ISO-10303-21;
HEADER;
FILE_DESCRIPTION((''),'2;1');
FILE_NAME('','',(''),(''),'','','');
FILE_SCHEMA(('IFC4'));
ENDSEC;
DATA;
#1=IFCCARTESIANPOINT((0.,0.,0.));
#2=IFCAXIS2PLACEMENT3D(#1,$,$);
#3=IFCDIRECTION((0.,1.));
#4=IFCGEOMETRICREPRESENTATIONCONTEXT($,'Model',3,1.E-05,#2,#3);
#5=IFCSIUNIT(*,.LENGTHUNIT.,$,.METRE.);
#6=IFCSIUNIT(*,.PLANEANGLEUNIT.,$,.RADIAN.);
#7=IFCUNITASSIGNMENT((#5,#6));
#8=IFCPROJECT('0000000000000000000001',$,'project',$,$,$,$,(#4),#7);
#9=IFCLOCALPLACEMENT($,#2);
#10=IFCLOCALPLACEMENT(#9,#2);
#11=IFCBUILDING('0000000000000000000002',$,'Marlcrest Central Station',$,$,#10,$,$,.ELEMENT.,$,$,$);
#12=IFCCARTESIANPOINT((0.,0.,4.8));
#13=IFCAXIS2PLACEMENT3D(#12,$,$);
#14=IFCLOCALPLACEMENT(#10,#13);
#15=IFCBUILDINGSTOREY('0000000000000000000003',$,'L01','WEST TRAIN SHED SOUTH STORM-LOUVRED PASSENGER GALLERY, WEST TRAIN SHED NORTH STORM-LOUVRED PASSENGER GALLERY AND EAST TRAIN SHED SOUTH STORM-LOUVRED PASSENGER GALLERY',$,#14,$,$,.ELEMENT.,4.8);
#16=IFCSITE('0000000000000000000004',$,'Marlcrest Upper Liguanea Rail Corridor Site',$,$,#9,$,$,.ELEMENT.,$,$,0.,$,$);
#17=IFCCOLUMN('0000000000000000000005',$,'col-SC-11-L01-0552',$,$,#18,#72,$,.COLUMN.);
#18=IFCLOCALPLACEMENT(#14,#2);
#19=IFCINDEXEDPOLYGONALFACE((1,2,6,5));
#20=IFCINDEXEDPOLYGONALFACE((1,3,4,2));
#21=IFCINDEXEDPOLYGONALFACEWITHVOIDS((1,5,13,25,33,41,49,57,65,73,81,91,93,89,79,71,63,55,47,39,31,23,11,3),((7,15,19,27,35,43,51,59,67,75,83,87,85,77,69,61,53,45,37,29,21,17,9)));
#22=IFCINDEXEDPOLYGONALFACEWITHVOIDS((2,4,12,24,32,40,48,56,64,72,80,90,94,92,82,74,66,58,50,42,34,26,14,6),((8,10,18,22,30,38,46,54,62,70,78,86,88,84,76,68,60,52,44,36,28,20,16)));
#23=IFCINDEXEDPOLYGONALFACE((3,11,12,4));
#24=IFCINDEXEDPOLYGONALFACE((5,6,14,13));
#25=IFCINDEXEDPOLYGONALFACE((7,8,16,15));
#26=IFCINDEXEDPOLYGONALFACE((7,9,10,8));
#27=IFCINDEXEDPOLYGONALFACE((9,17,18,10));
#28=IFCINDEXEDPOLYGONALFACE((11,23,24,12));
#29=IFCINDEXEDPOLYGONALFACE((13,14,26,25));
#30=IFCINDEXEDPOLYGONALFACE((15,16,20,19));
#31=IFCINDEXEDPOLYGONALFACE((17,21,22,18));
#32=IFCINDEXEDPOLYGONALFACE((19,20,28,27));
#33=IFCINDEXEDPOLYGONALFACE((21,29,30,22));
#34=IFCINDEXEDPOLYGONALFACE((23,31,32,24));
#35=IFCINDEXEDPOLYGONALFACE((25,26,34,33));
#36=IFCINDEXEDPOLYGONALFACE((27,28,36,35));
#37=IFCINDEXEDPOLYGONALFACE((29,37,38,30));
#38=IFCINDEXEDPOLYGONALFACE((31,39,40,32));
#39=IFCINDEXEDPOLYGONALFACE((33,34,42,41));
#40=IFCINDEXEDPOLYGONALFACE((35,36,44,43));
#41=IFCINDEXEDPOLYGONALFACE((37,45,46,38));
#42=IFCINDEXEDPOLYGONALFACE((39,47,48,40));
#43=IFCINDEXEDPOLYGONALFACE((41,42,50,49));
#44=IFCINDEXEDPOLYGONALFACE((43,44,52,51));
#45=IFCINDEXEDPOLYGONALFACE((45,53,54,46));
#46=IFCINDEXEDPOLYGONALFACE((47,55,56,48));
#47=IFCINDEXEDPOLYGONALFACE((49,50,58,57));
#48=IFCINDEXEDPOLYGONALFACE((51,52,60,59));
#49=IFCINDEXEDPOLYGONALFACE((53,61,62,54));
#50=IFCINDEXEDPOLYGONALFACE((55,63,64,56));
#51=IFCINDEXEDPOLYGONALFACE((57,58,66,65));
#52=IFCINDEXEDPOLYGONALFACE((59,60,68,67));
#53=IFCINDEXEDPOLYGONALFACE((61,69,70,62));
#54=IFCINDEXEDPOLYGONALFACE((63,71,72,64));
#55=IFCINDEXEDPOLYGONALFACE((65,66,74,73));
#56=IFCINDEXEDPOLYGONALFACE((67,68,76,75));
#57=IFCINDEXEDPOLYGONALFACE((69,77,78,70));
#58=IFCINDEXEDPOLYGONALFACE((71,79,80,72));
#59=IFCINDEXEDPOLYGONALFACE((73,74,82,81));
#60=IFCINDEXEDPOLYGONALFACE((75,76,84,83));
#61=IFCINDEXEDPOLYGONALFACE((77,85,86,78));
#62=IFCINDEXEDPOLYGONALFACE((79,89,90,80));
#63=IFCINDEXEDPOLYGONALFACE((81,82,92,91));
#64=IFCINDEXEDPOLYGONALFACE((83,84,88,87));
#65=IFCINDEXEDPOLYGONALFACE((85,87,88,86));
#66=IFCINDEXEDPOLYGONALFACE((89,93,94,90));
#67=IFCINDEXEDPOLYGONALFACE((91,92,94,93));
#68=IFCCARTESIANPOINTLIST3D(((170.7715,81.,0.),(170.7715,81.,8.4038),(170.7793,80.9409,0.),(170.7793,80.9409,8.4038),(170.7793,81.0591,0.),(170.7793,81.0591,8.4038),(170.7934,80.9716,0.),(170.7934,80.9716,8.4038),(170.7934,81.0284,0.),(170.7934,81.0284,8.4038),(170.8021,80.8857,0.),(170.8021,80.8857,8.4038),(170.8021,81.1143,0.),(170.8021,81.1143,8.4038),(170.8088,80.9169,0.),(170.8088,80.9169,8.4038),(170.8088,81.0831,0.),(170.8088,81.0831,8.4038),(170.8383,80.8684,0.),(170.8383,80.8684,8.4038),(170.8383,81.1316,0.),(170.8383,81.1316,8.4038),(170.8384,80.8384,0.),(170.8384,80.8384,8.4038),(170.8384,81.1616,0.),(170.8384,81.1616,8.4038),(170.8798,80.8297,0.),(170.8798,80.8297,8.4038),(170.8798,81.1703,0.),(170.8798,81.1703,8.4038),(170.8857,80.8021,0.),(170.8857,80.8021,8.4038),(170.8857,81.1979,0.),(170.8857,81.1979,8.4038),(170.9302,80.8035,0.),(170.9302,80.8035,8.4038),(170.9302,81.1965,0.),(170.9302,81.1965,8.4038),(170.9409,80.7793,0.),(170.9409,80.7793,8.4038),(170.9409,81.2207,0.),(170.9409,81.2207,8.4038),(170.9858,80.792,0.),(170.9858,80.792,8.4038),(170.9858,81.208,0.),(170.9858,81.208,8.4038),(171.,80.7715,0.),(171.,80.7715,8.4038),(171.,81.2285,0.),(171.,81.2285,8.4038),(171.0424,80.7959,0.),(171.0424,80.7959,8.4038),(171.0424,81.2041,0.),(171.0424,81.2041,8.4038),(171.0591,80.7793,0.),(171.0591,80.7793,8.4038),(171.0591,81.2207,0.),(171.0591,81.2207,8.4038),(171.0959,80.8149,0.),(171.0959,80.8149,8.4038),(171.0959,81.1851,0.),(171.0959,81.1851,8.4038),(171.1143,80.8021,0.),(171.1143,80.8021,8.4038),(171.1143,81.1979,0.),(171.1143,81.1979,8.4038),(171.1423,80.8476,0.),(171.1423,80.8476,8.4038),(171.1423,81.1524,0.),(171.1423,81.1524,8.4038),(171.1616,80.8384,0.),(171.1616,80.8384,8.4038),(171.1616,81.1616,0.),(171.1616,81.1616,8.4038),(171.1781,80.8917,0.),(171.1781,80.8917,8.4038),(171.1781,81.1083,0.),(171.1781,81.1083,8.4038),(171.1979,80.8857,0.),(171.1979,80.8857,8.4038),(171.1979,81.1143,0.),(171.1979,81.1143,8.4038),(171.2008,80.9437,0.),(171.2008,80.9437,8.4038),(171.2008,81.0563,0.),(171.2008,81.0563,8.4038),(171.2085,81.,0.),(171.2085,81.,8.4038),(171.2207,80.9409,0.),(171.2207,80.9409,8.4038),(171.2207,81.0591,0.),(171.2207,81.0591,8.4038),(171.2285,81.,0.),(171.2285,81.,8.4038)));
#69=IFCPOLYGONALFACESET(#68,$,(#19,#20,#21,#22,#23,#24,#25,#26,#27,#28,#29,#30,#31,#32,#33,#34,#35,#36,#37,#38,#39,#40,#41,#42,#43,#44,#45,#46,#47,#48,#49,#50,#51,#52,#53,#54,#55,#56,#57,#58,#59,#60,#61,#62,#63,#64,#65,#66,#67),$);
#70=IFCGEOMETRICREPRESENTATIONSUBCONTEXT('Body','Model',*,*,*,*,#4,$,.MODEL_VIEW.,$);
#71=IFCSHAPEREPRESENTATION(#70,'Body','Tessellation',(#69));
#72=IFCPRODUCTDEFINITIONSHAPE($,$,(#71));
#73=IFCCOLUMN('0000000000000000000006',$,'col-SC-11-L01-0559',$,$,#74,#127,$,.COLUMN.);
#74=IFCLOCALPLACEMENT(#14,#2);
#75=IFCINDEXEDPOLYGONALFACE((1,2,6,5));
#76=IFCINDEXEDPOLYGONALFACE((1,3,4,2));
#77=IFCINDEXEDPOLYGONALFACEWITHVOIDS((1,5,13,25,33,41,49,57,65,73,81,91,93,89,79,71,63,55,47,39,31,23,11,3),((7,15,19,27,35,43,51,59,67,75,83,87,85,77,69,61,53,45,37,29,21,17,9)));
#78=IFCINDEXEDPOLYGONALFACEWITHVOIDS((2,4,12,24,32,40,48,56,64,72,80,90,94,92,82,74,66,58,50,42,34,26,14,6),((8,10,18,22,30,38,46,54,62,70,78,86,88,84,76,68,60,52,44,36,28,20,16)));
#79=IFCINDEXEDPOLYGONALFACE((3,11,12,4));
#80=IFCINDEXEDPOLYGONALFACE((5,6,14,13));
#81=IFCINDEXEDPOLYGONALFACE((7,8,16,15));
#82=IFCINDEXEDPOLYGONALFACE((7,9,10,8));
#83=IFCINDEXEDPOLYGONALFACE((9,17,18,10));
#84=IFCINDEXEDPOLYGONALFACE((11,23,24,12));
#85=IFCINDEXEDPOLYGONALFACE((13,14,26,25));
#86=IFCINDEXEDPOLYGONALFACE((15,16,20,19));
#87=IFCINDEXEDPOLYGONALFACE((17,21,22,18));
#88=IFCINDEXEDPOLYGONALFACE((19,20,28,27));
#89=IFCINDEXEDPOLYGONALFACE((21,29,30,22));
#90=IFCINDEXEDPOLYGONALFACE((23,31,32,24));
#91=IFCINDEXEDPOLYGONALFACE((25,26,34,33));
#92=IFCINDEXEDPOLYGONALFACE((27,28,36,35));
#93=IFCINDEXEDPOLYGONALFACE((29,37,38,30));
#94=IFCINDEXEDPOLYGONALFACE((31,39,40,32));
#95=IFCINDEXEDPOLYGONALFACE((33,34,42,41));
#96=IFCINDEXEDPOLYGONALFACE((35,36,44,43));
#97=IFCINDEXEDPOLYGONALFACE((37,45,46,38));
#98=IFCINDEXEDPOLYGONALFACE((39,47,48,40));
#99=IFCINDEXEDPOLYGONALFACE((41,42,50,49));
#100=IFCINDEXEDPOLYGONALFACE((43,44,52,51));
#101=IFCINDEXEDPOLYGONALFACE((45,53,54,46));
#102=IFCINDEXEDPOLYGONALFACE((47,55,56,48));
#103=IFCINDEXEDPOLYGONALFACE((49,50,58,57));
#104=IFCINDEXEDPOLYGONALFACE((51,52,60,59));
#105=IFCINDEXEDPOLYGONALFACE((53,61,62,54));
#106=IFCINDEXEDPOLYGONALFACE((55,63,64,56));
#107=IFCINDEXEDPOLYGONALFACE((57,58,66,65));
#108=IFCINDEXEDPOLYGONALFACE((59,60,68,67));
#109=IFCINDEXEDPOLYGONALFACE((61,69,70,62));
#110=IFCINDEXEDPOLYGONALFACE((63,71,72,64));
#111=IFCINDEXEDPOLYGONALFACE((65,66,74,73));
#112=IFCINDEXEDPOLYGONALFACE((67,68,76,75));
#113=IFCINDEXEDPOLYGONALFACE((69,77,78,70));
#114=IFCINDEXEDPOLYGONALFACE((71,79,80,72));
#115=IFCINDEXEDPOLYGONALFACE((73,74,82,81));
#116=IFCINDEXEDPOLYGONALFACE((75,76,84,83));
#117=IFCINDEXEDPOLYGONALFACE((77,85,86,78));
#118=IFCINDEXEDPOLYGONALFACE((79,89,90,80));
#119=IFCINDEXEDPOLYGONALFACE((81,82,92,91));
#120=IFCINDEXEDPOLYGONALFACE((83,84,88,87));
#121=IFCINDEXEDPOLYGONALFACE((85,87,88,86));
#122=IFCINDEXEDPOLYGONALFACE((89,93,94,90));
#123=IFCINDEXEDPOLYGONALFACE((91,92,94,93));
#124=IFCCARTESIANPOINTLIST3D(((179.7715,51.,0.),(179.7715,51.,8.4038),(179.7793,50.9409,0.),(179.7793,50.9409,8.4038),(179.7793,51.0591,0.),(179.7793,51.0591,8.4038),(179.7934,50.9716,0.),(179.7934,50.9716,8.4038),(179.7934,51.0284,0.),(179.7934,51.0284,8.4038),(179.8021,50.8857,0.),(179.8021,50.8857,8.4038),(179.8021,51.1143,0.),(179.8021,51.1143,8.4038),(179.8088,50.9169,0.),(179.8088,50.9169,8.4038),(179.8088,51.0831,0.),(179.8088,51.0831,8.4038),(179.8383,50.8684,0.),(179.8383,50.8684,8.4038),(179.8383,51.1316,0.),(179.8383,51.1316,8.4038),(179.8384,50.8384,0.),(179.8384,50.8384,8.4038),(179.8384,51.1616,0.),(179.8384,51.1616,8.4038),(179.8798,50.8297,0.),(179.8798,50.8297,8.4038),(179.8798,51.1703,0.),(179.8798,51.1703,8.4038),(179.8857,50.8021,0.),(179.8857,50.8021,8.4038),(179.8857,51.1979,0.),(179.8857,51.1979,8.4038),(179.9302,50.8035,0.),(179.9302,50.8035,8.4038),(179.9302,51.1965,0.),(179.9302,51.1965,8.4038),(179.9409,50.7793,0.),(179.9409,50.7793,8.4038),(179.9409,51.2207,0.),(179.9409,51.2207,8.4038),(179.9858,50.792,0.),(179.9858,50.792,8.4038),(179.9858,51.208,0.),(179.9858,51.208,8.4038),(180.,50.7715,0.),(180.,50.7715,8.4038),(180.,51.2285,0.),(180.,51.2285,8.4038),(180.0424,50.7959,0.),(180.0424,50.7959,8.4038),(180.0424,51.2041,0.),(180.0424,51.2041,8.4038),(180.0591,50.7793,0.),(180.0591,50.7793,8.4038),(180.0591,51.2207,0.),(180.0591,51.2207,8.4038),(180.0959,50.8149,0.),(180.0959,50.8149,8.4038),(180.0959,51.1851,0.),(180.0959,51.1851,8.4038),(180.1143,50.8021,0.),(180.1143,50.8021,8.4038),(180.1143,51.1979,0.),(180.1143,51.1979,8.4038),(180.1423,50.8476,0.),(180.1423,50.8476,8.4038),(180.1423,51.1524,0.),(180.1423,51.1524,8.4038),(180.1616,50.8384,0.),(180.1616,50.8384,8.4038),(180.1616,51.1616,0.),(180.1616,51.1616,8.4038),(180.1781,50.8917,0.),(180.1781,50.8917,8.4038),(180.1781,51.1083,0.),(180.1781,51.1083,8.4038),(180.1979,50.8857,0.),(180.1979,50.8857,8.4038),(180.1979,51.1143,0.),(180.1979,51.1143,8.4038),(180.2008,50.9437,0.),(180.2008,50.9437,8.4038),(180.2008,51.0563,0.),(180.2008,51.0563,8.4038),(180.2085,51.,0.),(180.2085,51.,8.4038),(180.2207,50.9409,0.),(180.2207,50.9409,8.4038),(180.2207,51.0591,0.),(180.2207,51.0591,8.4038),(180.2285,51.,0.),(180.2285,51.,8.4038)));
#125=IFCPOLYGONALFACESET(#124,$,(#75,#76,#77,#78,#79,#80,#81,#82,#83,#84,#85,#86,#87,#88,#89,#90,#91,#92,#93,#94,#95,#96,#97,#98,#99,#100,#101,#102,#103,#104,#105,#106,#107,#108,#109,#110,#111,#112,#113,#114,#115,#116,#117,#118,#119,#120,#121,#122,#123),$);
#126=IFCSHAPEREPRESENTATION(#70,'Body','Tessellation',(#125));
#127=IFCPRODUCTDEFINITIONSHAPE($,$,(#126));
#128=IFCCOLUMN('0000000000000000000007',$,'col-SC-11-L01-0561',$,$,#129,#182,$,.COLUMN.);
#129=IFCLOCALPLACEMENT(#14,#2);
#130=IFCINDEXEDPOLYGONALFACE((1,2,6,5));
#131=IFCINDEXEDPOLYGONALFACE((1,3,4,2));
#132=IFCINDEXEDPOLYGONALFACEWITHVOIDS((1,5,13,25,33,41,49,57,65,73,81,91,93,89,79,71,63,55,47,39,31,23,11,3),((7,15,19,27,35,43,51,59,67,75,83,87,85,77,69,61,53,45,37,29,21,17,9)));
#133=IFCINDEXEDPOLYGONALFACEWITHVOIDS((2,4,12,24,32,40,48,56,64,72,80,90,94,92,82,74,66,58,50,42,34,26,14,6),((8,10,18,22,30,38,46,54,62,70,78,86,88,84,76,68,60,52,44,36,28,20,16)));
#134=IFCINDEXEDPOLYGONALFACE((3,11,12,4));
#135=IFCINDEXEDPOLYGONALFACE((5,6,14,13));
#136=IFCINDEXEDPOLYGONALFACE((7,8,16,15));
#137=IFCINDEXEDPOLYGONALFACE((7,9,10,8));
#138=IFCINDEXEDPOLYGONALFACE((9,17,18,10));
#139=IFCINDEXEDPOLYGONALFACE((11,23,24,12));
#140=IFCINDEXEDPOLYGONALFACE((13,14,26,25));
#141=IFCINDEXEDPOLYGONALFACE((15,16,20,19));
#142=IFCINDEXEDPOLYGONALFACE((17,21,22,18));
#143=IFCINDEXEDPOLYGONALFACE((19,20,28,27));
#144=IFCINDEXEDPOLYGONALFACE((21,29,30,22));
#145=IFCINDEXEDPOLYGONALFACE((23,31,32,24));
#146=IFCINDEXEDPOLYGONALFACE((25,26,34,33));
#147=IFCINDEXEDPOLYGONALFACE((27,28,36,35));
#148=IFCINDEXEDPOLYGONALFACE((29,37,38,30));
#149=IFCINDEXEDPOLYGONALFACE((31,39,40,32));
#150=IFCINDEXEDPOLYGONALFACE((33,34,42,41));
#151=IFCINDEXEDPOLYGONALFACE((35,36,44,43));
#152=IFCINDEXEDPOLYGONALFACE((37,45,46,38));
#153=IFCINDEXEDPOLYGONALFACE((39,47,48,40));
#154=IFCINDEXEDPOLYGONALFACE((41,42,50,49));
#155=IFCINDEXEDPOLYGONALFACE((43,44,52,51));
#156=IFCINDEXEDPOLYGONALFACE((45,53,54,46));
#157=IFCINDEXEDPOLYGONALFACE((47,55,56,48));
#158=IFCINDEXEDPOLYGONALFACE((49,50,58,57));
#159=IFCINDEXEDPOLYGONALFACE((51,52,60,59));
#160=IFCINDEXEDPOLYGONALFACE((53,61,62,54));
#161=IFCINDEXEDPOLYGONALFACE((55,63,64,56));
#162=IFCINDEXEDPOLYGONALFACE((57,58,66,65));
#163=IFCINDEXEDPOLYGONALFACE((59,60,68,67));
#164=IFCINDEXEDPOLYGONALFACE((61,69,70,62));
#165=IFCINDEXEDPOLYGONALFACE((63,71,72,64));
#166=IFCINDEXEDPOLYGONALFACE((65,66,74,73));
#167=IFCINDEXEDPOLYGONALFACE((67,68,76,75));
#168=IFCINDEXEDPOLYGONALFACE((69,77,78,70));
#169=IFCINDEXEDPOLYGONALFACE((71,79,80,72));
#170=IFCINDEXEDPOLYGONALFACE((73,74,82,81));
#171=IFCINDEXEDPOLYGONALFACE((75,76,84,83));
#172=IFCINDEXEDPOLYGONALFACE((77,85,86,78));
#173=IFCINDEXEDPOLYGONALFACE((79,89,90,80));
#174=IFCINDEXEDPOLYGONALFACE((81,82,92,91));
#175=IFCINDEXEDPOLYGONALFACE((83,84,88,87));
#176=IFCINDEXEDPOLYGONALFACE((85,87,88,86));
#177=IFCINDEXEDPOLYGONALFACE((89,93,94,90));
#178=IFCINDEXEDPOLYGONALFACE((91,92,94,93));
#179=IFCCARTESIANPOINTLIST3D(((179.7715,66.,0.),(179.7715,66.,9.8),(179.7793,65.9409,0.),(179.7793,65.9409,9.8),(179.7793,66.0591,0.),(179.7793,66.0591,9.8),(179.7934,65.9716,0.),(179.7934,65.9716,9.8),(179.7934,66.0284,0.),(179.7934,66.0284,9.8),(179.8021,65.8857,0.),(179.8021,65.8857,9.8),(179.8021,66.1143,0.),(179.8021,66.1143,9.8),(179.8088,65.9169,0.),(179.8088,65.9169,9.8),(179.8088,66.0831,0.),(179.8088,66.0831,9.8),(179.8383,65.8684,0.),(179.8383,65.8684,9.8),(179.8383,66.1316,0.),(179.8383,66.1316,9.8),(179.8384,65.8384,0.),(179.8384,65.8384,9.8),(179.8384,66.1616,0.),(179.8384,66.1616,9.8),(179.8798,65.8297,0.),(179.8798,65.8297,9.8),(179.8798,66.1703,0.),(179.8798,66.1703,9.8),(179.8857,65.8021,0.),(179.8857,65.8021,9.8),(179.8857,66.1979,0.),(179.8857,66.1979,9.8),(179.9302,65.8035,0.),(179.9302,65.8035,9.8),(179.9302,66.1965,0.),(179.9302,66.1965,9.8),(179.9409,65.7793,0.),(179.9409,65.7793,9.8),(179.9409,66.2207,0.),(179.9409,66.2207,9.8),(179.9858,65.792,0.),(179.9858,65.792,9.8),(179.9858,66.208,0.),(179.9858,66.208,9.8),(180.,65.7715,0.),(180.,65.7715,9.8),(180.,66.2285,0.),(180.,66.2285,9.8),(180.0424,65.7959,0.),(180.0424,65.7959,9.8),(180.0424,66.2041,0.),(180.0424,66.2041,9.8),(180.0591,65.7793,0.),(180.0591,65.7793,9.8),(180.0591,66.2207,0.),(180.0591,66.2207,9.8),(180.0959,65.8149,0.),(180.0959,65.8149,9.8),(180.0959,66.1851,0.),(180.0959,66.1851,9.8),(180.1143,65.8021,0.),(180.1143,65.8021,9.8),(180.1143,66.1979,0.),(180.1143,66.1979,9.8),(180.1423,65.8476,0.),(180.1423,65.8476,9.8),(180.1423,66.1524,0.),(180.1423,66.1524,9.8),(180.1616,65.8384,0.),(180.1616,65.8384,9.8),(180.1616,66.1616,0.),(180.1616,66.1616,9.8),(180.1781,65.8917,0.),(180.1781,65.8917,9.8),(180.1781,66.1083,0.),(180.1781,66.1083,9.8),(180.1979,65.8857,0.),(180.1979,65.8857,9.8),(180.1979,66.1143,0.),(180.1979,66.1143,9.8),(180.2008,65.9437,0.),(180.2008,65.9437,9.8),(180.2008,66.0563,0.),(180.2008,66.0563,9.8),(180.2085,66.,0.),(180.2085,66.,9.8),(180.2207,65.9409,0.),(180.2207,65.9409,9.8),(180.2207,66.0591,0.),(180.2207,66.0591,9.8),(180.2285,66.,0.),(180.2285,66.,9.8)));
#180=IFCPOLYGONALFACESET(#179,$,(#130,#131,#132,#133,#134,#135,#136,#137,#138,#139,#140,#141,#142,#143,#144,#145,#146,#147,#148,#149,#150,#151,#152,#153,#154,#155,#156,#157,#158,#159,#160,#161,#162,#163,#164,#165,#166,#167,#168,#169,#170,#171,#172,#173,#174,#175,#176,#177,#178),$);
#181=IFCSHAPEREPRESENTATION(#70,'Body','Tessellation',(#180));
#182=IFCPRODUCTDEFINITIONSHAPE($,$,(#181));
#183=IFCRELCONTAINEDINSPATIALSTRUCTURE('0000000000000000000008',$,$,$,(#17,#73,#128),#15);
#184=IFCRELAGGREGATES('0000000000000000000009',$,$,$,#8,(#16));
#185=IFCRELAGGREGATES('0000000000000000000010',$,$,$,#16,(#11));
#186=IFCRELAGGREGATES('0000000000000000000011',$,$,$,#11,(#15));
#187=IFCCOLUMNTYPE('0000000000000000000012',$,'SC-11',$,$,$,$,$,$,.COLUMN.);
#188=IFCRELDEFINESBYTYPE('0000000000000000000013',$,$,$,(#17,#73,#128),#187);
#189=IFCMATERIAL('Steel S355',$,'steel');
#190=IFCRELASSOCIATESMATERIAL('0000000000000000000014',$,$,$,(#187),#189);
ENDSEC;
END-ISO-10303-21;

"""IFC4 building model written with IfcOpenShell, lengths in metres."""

from ifc_helpers import new_model, si_unit, direction, frame, origin, origin_2d, place, context, subcontext, project, spatial, hollow_circle, extrude, material, material_profile, profile_set, type_object, element, save


model = new_model("IFC4")

# Units and contexts
model_context = context("Model", 3, precision=1e-05, world=origin(), true_north=direction((0.0, 1.0)))
body_context = subcontext(model_context, "Body", "Model", "MODEL_VIEW")
ifc_project = project(units=[si_unit("LENGTHUNIT", "METRE"), si_unit("PLANEANGLEUNIT", "RADIAN")], contexts=[model_context])

# Site, building, storey
site_placement = place(None, origin())
site = spatial("IfcSite", under=ifc_project, at=site_placement, Name="Marlcrest Upper Liguanea Rail Corridor Site", CompositionType="ELEMENT", RefElevation=0.0)
building_placement = place(site_placement, origin())
building = spatial("IfcBuilding", under=site, at=building_placement, Name="Marlcrest Central Station", CompositionType="ELEMENT")
storey_placement = place(building_placement, frame((0.0, 0.0, 4.8)))
storey = spatial("IfcBuildingStorey", under=building, at=storey_placement, Name="L01", Description="WEST TRAIN SHED SOUTH STORM-LOUVRED PASSENGER GALLERY, WEST TRAIN SHED NORTH STORM-LOUVRED PASSENGER GALLERY AND EAST TRAIN SHED SOUTH STORM-LOUVRED PASSENGER GALLERY", CompositionType="ELEMENT", Elevation=4.8)

# Columns
ifc_material = material(Name="Steel S355", Category="steel")
ifc_material_profile = material_profile(ifc_material, hollow_circle(Radius=0.2285, WallThickness=0.02, at=origin_2d()), Name="CHS 457x20")
ifc_profile_set = profile_set([ifc_material_profile], Name="Steel S355")
column_type = type_object("IfcColumnType", Name="SC-11", PredefinedType="COLUMN", material=ifc_profile_set)
for number, where, z_axis, x_axis, name in (
    (1, (171.0, 81.0, 0.0), (0.0, 0.0, 1.0), (1.0, 0.0, 0.0), "col-SC-11-L01-0552"),
    (2, (180.0, 51.0, 0.0), (0.0, 0.0, 1.0), (1.0, 0.0, 0.0), "col-SC-11-L01-0559"),
):
    element("IfcColumn", number, at=place(storey_placement, frame(where, z_axis=z_axis, x_axis=x_axis)), inside=storey, type_object=column_type, Name=name, PredefinedType="COLUMN", context=body_context, shape_type="SweptSolid", body=[
        extrude(hollow_circle(Radius=0.2285, WallThickness=0.02, at=origin_2d()), origin(), (0.0, 0.0, 1.0), 8.4038),
    ])
column_1_placement = place(storey_placement, frame((180.0, 66.0, 0.0), z_axis=(0.0, 0.0, 1.0), x_axis=(1.0, 0.0, 0.0)))
element("IfcColumn", 3, at=column_1_placement, inside=storey, type_object=column_type, Name="col-SC-11-L01-0561", PredefinedType="COLUMN", context=body_context, shape_type="SweptSolid", body=[
    extrude(hollow_circle(Radius=0.2285, WallThickness=0.02, at=origin_2d()), origin(), (0.0, 0.0, 1.0), 9.8),
])

save(model, "model.ifc")
